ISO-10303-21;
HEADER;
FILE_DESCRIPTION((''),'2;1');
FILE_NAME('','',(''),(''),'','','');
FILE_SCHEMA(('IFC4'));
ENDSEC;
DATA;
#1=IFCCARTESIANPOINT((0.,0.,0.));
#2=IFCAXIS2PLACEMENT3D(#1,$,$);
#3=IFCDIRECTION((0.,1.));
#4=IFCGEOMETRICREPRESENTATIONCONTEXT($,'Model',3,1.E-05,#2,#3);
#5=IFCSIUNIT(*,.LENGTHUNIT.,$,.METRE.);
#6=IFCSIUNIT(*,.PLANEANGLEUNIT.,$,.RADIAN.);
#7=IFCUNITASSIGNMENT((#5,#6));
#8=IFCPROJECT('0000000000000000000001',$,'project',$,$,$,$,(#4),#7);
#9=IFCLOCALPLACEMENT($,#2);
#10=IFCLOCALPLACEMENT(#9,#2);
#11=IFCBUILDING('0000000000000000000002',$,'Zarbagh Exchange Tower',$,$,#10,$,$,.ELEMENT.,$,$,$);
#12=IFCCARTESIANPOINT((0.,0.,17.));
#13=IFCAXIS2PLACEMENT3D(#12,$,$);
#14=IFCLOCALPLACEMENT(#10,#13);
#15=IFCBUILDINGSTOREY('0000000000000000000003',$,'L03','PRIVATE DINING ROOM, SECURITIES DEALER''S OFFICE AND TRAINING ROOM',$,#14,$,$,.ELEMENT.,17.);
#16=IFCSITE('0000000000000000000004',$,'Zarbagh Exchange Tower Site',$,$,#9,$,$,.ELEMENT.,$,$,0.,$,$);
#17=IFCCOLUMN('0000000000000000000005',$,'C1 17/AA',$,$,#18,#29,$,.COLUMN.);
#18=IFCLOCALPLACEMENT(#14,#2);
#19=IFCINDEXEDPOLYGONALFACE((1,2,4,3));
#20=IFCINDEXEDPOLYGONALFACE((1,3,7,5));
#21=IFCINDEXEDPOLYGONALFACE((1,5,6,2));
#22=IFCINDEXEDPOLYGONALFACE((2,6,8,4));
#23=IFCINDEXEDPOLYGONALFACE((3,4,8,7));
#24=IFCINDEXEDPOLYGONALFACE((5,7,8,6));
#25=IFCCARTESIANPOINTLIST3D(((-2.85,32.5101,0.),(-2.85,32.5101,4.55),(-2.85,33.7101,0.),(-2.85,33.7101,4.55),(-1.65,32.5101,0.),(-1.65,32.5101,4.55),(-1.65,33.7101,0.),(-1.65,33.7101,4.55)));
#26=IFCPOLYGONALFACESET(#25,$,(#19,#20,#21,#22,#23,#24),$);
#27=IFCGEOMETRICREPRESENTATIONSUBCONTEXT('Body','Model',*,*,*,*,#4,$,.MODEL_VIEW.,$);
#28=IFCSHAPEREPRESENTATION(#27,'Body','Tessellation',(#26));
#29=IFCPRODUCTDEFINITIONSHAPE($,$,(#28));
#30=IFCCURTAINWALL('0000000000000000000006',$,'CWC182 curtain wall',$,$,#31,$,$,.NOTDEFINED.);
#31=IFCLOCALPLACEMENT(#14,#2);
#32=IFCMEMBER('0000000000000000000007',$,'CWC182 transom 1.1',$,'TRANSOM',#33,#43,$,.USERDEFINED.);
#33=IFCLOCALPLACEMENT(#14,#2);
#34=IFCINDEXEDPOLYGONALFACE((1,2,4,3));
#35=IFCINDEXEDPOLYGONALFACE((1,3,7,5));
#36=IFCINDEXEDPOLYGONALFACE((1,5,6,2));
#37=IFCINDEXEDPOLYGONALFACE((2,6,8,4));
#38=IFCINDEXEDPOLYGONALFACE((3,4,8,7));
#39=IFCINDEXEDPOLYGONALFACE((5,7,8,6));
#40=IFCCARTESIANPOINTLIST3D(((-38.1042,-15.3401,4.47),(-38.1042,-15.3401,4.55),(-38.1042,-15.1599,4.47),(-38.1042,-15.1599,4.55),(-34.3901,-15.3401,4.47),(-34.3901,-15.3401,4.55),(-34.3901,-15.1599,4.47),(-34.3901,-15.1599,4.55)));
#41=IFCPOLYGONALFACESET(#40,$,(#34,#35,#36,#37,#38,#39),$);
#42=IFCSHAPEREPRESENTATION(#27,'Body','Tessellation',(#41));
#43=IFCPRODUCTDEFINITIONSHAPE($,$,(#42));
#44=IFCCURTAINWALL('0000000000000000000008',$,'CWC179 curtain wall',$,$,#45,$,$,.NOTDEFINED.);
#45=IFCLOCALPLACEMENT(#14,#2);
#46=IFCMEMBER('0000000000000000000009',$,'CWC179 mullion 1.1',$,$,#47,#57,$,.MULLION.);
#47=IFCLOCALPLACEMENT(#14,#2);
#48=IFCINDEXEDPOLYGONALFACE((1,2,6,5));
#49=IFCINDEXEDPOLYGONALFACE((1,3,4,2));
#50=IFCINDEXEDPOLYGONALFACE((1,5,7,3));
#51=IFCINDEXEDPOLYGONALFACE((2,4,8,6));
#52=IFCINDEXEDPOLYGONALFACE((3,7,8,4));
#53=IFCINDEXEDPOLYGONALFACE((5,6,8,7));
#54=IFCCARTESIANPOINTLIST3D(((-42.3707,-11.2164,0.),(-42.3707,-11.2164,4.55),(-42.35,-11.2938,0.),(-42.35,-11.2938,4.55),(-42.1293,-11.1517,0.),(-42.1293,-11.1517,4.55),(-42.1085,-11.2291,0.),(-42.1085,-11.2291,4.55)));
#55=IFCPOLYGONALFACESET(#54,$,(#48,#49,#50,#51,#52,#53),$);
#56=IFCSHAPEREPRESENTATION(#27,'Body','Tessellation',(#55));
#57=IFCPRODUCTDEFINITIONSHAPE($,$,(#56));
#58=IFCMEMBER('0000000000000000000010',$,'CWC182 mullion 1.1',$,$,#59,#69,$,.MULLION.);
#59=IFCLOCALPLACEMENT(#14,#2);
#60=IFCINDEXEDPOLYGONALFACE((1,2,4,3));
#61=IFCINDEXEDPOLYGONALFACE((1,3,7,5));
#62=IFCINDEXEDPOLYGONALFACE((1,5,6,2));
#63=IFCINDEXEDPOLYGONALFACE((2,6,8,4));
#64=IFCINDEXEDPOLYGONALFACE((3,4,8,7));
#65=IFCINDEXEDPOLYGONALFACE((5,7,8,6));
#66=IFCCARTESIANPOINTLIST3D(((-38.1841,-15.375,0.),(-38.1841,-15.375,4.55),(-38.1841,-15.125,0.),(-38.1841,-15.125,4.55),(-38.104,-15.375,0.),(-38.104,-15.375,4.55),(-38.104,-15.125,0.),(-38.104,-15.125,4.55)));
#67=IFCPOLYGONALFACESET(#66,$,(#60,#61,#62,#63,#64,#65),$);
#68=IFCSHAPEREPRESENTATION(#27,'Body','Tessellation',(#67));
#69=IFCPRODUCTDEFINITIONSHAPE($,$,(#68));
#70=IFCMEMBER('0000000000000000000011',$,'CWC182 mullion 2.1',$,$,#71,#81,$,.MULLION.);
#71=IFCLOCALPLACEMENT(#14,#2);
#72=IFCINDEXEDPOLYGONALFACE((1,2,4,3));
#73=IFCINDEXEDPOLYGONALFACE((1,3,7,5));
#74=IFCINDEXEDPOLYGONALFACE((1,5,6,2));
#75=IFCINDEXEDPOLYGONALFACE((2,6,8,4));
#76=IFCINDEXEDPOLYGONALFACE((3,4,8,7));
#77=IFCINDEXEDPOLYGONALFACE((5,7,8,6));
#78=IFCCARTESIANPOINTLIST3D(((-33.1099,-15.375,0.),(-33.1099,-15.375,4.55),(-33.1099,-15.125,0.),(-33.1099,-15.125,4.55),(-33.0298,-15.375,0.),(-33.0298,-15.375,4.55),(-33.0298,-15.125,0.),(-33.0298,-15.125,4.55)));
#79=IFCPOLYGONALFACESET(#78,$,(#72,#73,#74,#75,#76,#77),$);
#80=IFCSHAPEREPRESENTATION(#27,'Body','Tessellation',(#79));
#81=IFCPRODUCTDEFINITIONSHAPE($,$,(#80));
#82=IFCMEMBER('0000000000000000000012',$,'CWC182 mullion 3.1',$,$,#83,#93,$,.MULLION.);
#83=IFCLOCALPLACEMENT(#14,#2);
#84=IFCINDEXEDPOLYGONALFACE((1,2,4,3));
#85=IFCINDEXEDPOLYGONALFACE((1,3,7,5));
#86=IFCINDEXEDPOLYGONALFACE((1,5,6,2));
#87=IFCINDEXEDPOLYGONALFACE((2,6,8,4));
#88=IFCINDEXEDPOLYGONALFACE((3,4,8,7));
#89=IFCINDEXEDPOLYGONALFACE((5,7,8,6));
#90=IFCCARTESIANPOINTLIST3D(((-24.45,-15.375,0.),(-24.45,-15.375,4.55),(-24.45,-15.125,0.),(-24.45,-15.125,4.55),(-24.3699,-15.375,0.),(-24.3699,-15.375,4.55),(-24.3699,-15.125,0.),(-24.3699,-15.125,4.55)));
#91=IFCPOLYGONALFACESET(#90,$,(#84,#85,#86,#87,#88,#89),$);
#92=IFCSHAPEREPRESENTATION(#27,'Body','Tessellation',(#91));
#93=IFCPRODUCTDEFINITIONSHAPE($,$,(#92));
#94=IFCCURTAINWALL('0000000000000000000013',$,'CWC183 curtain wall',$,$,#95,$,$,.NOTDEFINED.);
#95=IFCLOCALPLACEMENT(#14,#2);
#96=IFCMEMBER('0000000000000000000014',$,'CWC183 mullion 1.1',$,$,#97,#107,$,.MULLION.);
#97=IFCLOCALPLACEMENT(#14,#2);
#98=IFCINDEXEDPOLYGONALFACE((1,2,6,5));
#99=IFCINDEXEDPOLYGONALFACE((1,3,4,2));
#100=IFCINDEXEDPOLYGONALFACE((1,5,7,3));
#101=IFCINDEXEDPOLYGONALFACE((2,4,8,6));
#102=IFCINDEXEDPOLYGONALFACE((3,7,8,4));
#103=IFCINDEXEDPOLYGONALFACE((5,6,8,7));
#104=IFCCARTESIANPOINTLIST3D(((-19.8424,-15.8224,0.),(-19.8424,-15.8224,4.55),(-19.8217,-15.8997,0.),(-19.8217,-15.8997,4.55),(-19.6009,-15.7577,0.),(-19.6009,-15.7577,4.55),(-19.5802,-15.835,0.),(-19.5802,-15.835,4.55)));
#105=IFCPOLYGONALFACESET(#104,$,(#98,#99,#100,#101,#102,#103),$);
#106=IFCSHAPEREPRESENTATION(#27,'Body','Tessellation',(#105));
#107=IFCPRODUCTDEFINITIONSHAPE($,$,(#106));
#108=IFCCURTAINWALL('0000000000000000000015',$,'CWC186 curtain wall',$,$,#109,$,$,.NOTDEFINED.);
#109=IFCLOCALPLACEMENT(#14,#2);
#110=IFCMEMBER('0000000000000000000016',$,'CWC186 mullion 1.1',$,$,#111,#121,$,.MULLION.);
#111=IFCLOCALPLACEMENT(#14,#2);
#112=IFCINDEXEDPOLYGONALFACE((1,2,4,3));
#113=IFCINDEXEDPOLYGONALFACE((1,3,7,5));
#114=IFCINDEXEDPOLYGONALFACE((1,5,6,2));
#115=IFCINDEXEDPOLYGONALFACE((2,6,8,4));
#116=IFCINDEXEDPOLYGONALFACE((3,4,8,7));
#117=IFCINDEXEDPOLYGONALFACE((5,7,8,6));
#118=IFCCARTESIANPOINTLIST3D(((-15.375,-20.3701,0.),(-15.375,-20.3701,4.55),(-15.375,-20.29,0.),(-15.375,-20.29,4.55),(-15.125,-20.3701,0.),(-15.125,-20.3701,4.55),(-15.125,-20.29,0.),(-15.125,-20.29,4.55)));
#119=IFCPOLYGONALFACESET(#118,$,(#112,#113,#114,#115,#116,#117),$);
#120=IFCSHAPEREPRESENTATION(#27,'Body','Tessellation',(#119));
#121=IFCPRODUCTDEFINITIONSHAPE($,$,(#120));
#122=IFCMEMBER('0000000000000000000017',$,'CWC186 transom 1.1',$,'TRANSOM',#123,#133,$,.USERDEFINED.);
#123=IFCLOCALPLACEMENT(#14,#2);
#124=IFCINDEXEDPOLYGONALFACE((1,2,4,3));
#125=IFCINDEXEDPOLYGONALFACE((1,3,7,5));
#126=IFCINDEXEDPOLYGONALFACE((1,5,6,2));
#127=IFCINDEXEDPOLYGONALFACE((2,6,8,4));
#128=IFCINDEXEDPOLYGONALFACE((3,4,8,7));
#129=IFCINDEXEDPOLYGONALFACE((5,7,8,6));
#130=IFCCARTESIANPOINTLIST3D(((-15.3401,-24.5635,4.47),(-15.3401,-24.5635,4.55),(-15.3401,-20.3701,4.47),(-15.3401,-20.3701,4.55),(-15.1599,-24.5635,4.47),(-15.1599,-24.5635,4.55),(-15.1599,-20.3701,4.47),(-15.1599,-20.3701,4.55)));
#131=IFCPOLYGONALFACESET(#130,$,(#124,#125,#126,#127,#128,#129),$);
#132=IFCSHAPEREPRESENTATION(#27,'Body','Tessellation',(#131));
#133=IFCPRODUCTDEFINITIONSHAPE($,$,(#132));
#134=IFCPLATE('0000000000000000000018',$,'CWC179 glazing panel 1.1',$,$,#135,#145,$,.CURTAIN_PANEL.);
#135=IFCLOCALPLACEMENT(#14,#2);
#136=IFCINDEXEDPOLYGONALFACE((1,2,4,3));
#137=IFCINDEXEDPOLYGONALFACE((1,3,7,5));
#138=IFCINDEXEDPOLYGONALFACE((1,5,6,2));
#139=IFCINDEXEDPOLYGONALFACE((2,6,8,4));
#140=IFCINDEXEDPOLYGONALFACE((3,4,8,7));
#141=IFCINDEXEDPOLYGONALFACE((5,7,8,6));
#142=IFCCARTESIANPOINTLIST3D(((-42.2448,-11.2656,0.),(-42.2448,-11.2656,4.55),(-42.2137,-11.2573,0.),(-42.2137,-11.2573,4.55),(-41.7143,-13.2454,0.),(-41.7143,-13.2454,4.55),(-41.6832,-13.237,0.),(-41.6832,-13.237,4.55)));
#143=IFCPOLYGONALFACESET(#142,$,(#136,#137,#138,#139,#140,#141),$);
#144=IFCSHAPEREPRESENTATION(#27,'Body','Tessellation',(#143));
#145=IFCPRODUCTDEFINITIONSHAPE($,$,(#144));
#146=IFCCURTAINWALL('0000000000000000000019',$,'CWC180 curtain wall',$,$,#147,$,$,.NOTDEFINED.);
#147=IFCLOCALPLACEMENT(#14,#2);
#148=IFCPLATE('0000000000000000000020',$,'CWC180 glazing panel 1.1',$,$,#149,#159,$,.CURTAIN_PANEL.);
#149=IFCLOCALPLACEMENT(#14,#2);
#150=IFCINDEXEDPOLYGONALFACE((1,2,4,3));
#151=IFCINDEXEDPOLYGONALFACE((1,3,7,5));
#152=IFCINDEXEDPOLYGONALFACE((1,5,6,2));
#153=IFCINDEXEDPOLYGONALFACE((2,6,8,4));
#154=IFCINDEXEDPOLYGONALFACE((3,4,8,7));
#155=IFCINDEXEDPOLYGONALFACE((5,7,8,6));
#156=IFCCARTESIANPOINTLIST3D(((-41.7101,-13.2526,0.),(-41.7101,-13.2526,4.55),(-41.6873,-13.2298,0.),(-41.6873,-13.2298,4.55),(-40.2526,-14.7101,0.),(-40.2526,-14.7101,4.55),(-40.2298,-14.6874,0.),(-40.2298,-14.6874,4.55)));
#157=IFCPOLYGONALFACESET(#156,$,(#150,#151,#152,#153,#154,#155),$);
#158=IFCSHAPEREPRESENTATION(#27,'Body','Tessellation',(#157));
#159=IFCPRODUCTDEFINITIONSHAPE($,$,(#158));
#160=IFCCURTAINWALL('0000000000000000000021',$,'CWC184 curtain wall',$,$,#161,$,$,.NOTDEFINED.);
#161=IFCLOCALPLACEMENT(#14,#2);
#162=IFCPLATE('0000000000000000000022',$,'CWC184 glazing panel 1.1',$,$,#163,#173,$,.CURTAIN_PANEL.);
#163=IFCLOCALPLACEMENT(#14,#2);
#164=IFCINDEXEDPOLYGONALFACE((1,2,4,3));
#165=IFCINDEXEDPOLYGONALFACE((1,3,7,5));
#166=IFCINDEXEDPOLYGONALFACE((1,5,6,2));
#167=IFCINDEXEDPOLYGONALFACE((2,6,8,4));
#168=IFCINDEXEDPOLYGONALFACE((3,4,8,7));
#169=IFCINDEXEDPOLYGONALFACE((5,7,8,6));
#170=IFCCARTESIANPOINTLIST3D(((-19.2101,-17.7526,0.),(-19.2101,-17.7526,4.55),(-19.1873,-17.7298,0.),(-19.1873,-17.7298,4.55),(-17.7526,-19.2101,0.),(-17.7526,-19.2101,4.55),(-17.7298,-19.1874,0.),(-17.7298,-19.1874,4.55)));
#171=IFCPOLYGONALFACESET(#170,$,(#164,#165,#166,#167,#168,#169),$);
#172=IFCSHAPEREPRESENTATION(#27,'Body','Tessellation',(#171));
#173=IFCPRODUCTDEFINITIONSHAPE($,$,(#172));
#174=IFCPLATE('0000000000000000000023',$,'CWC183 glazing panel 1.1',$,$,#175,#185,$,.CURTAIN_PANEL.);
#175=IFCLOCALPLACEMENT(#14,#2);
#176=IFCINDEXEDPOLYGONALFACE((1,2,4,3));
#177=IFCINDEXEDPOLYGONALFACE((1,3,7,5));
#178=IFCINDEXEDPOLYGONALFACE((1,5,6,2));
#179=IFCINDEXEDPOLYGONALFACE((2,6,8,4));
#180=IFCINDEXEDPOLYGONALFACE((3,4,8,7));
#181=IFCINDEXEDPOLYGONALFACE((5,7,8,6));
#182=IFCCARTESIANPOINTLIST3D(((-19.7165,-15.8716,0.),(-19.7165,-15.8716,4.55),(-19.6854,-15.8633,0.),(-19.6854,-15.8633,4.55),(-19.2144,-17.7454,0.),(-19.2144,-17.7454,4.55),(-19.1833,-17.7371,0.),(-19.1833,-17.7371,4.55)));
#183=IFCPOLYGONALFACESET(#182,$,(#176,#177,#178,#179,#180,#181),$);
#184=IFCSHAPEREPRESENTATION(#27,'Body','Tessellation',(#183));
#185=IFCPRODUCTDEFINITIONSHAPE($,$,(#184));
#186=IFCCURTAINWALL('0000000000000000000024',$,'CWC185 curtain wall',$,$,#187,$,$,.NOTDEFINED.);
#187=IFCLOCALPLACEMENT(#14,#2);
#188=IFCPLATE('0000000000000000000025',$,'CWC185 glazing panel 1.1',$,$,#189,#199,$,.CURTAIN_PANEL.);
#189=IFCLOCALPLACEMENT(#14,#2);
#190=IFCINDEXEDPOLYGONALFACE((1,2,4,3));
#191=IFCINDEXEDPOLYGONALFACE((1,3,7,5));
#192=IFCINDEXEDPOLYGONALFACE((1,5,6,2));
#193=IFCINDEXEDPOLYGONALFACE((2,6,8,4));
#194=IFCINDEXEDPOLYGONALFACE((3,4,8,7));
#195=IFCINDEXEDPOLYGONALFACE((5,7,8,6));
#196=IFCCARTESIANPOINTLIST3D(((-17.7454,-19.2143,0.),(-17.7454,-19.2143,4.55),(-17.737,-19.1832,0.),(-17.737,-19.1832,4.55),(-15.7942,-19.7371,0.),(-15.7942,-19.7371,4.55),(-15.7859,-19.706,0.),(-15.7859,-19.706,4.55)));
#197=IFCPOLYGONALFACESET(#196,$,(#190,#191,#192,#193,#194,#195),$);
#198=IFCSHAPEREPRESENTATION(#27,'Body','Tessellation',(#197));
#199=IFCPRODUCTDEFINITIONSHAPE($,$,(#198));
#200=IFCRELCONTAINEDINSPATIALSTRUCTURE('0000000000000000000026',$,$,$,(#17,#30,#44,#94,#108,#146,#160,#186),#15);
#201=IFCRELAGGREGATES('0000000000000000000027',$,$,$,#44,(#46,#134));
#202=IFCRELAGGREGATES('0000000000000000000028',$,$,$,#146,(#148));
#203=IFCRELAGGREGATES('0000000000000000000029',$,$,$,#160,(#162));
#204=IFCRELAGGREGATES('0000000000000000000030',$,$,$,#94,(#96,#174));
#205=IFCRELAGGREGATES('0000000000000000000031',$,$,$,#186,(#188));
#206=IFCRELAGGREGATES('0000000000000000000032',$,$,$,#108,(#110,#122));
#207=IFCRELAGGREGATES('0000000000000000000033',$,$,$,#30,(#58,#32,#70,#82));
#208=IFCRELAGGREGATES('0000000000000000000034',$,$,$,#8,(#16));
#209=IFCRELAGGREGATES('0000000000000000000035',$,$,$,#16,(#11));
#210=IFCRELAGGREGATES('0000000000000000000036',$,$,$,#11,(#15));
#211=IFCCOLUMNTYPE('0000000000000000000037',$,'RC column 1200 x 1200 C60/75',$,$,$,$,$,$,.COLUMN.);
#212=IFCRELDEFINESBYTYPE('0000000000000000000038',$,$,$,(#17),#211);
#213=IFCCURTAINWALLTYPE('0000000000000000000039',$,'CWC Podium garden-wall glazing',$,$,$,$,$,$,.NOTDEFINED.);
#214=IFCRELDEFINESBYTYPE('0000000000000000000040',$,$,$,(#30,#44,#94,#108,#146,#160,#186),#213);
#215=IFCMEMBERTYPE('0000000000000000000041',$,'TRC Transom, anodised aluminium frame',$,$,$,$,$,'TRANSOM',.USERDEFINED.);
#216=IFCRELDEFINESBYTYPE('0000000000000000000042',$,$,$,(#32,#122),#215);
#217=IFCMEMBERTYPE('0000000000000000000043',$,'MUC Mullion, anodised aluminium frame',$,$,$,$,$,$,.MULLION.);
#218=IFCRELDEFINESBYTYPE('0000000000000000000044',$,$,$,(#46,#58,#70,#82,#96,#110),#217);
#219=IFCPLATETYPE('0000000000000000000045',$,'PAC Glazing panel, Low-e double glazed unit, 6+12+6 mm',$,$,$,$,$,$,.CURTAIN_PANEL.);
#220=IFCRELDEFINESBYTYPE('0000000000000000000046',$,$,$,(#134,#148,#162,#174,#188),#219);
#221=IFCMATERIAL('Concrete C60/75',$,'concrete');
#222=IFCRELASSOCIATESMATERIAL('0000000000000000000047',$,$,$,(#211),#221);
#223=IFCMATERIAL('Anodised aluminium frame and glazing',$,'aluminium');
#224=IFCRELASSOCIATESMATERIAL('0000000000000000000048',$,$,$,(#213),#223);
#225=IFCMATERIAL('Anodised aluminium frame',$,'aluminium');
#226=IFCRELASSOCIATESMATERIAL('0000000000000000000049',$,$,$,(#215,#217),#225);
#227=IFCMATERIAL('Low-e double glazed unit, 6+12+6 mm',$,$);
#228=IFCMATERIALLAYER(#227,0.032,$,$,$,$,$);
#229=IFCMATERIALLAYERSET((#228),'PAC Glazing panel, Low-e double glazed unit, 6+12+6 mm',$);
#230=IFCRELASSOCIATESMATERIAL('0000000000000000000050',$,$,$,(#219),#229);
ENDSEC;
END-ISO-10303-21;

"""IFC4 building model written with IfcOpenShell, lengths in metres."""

from ifc_helpers import new_model, si_unit, direction, frame, origin, origin_2d, place, context, subcontext, project, spatial, polyline, rectangle, outline, extrude, source, transform, mapped, material, layer, layer_set, material_profile, profile_set, type_object, element, aggregate, save


model = new_model("IFC4")

# Units and contexts
model_context = context("Model", 3, precision=1e-05, world=origin(), true_north=direction((0.0, 1.0)))
body_context = subcontext(model_context, "Body", "Model", "MODEL_VIEW")
ifc_project = project(units=[si_unit("LENGTHUNIT", "METRE"), si_unit("PLANEANGLEUNIT", "RADIAN")], contexts=[model_context])

# Site, building, storey
site_placement = place(None, origin())
site = spatial("IfcSite", under=ifc_project, at=site_placement, Name="Zarbagh Exchange Tower Site", CompositionType="ELEMENT", RefElevation=0.0)
building_placement = place(site_placement, origin())
building = spatial("IfcBuilding", under=site, at=building_placement, Name="Zarbagh Exchange Tower", CompositionType="ELEMENT")
storey_placement = place(building_placement, frame((0.0, 0.0, 17.0)))
storey = spatial("IfcBuildingStorey", under=building, at=storey_placement, Name="L03", Description="PRIVATE DINING ROOM, SECURITIES DEALER'S OFFICE AND TRAINING ROOM", CompositionType="ELEMENT", Elevation=17.0)

# Column
ifc_material_1 = material(Name="Concrete C60/75", Category="concrete")
ifc_material_profile = material_profile(ifc_material_1, rectangle(XDim=1.2, YDim=1.2, at=origin_2d()), Name="RC column 1200 x 1200 C60/75")
ifc_profile_set = profile_set([ifc_material_profile], Name="Concrete C60/75")
column_type = type_object("IfcColumnType", Name="RC column 1200 x 1200 C60/75", PredefinedType="COLUMN", material=ifc_profile_set)
column_placement = place(storey_placement, frame((-2.25, 33.1101, 0.0), z_axis=(0.0, 0.0, 1.0), x_axis=(1.0, 0.0, 0.0)))
element("IfcColumn", 1, at=column_placement, inside=storey, type_object=column_type, Name="C1 17/AA", PredefinedType="COLUMN", context=body_context, shape_type="SweptSolid", body=[
    extrude(rectangle(XDim=1.2, YDim=1.2, at=origin_2d()), origin(), (0.0, 0.0, 1.0), 4.55),
])

# Curtain walls, members
ifc_material_2 = material(Name="Anodised aluminium frame and glazing", Category="aluminium")
curtain_wall_type = type_object("IfcCurtainWallType", Name="CWC Podium garden-wall glazing", PredefinedType="NOTDEFINED", material=ifc_material_2)
curtain_wall_1_placement = place(storey_placement, origin())
curtain_wall_1 = element("IfcCurtainWall", 2, at=curtain_wall_1_placement, inside=storey, type_object=curtain_wall_type, Name="CWC182 curtain wall", PredefinedType="NOTDEFINED")
ifc_material_3 = material(Name="Anodised aluminium frame", Category="aluminium")
member_type_1 = type_object("IfcMemberType", Name="TRC Transom, anodised aluminium frame", ElementType="TRANSOM", PredefinedType="USERDEFINED", material=ifc_material_3)
shared_shape_1 = source(origin(), body_context, "Body", "SweptSolid", [
    extrude(outline(polyline([(-0.0801, -0.0901), (0.0, -0.0901), (0.0, 0.0901), (-0.0801, 0.0901), (-0.0801, -0.0901)])), origin(), (0.0, 0.0, 1.0), 3.7141),
])
placement = place(storey_placement, origin())
member_1 = element("IfcMember", 3, at=placement, type_object=member_type_1, Name="CWC182 transom 1.1", ObjectType="TRANSOM", PredefinedType="USERDEFINED", context=body_context, shape_type="MappedRepresentation", body=[
    mapped(shared_shape_1, transform((-38.1042, -15.25, 4.55), x_axis=(0.0, 0.0, 1.0), y_axis=(0.0, -1.0, 0.0), z_axis=(1.0, 0.0, 0.0))),
])
curtain_wall_2_placement = place(storey_placement, origin())
curtain_wall_2 = element("IfcCurtainWall", 4, at=curtain_wall_2_placement, inside=storey, type_object=curtain_wall_type, Name="CWC179 curtain wall", PredefinedType="NOTDEFINED")
member_type_2 = type_object("IfcMemberType", Name="MUC Mullion, anodised aluminium frame", PredefinedType="MULLION", material=ifc_material_3)
shared_shape_2 = source(origin(), body_context, "Body", "SweptSolid", [
    extrude(outline(polyline([(0.0, -0.125), (0.0801, -0.125), (0.0801, 0.125), (0.0, 0.125), (0.0, -0.125)])), origin(), (0.0, 0.0, 1.0), 4.55),
])
member_2 = element("IfcMember", 5, at=placement, type_object=member_type_2, Name="CWC179 mullion 1.1", PredefinedType="MULLION", context=body_context, shape_type="MappedRepresentation", body=[
    mapped(shared_shape_2, transform((-42.25, -11.1841, 0.0), x_axis=(0.258825, -0.965924, 0.0), y_axis=(0.965924, 0.258825, 0.0), z_axis=(0.0, 0.0, 1.0))),
])

# Members
member_3 = element("IfcMember", 6, at=placement, type_object=member_type_2, Name="CWC182 mullion 1.1", PredefinedType="MULLION", context=body_context, shape_type="MappedRepresentation", body=[
    mapped(shared_shape_2, transform((-38.1841, -15.25, 0.0), x_axis=(1.0, 0.0, 0.0), y_axis=(0.0, 1.0, 0.0), z_axis=(0.0, 0.0, 1.0))),
])
member_4 = element("IfcMember", 7, at=placement, type_object=member_type_2, Name="CWC182 mullion 2.1", PredefinedType="MULLION", context=body_context, shape_type="MappedRepresentation", body=[
    mapped(shared_shape_2, transform((-33.1099, -15.25, 0.0), x_axis=(1.0, 0.0, 0.0), y_axis=(0.0, 1.0, 0.0), z_axis=(0.0, 0.0, 1.0))),
])
member_5 = element("IfcMember", 8, at=placement, type_object=member_type_2, Name="CWC182 mullion 3.1", PredefinedType="MULLION", context=body_context, shape_type="MappedRepresentation", body=[
    mapped(shared_shape_2, transform((-24.45, -15.25, 0.0), x_axis=(1.0, 0.0, 0.0), y_axis=(0.0, 1.0, 0.0), z_axis=(0.0, 0.0, 1.0))),
])

# Curtain wall, member
curtain_wall_3_placement = place(storey_placement, origin())
curtain_wall_3 = element("IfcCurtainWall", 9, at=curtain_wall_3_placement, inside=storey, type_object=curtain_wall_type, Name="CWC183 curtain wall", PredefinedType="NOTDEFINED")
member_6 = element("IfcMember", 10, at=placement, type_object=member_type_2, Name="CWC183 mullion 1.1", PredefinedType="MULLION", context=body_context, shape_type="MappedRepresentation", body=[
    mapped(shared_shape_2, transform((-19.7217, -15.79, 0.0), x_axis=(0.258825, -0.965924, 0.0), y_axis=(0.965924, 0.258825, 0.0), z_axis=(0.0, 0.0, 1.0))),
])

# Curtain wall, members
curtain_wall_4_placement = place(storey_placement, origin())
curtain_wall_4 = element("IfcCurtainWall", 11, at=curtain_wall_4_placement, inside=storey, type_object=curtain_wall_type, Name="CWC186 curtain wall", PredefinedType="NOTDEFINED")
member_7 = element("IfcMember", 12, at=placement, type_object=member_type_2, Name="CWC186 mullion 1.1", PredefinedType="MULLION", context=body_context, shape_type="MappedRepresentation", body=[
    mapped(shared_shape_2, transform((-15.25, -20.29, 0.0), x_axis=(0.0, -1.0, 0.0), y_axis=(1.0, 0.0, 0.0), z_axis=(0.0, 0.0, 1.0))),
])
shared_shape_3 = source(origin(), body_context, "Body", "SweptSolid", [
    extrude(outline(polyline([(-0.0801, -0.0901), (0.0, -0.0901), (0.0, 0.0901), (-0.0801, 0.0901), (-0.0801, -0.0901)])), origin(), (0.0, 0.0, 1.0), 4.1934),
])
member_8 = element("IfcMember", 13, at=placement, type_object=member_type_1, Name="CWC186 transom 1.1", ObjectType="TRANSOM", PredefinedType="USERDEFINED", context=body_context, shape_type="MappedRepresentation", body=[
    mapped(shared_shape_3, transform((-15.25, -20.3701, 4.55), x_axis=(0.0, 0.0, 1.0), y_axis=(-1.0, 0.0, 0.0), z_axis=(0.0, -1.0, 0.0))),
])

# Plate
ifc_material_4 = material(Name="Low-e double glazed unit, 6+12+6 mm")
ifc_layer_1 = layer(ifc_material_4, 0.032)
ifc_layer_set_1 = layer_set([ifc_layer_1], Name="PAC Glazing panel, Low-e double glazed unit, 6+12+6 mm")
plate_type = type_object("IfcPlateType", Name="PAC Glazing panel, Low-e double glazed unit, 6+12+6 mm", PredefinedType="CURTAIN_PANEL", material=ifc_layer_set_1)
shared_shape_4 = source(origin(), body_context, "Body", "SweptSolid", [
    extrude(outline(polyline([(0.0, -0.0161), (2.0496, -0.0161), (2.0496, 0.0161), (0.0, 0.0161), (0.0, -0.0161)])), origin(), (0.0, 0.0, 1.0), 4.55),
])
plate_1 = element("IfcPlate", 14, at=placement, type_object=plate_type, Name="CWC179 glazing panel 1.1", PredefinedType="CURTAIN_PANEL", context=body_context, shape_type="MappedRepresentation", body=[
    mapped(shared_shape_4, transform((-42.2292, -11.2615, 0.0), x_axis=(0.258825, -0.965924, 0.0), y_axis=(0.965924, 0.258825, 0.0), z_axis=(0.0, 0.0, 1.0))),
])
aggregate(curtain_wall_2, [member_2, plate_1])

# Curtain walls, plates
curtain_wall_5_placement = place(storey_placement, origin())
curtain_wall_5 = element("IfcCurtainWall", 15, at=curtain_wall_5_placement, inside=storey, type_object=curtain_wall_type, Name="CWC180 curtain wall", PredefinedType="NOTDEFINED")
shared_shape_5 = source(origin(), body_context, "Body", "SweptSolid", [
    extrude(outline(polyline([(0.0, -0.0161), (2.0613, -0.0161), (2.0613, 0.0161), (0.0, 0.0161), (0.0, -0.0161)])), origin(), (0.0, 0.0, 1.0), 4.55),
])
plate_2 = element("IfcPlate", 16, at=placement, type_object=plate_type, Name="CWC180 glazing panel 1.1", PredefinedType="CURTAIN_PANEL", context=body_context, shape_type="MappedRepresentation", body=[
    mapped(shared_shape_5, transform((-41.6987, -13.2412, 0.0), x_axis=(0.707107, -0.707107, 0.0), y_axis=(0.707107, 0.707107, 0.0), z_axis=(0.0, 0.0, 1.0))),
])
aggregate(curtain_wall_5, [plate_2])
curtain_wall_6_placement = place(storey_placement, origin())
curtain_wall_6 = element("IfcCurtainWall", 17, at=curtain_wall_6_placement, inside=storey, type_object=curtain_wall_type, Name="CWC184 curtain wall", PredefinedType="NOTDEFINED")
plate_3 = element("IfcPlate", 18, at=placement, type_object=plate_type, Name="CWC184 glazing panel 1.1", PredefinedType="CURTAIN_PANEL", context=body_context, shape_type="MappedRepresentation", body=[
    mapped(shared_shape_5, transform((-19.1987, -17.7412, 0.0), x_axis=(0.707107, -0.707107, 0.0), y_axis=(0.707107, 0.707107, 0.0), z_axis=(0.0, 0.0, 1.0))),
])
aggregate(curtain_wall_6, [plate_3])

# Plate
shared_shape_6 = source(origin(), body_context, "Body", "SweptSolid", [
    extrude(outline(polyline([(0.0, -0.0161), (1.9399, -0.0161), (1.9399, 0.0161), (0.0, 0.0161), (0.0, -0.0161)])), origin(), (0.0, 0.0, 1.0), 4.55),
])
plate_4 = element("IfcPlate", 19, at=placement, type_object=plate_type, Name="CWC183 glazing panel 1.1", PredefinedType="CURTAIN_PANEL", context=body_context, shape_type="MappedRepresentation", body=[
    mapped(shared_shape_6, transform((-19.7009, -15.8674, 0.0), x_axis=(0.258825, -0.965924, 0.0), y_axis=(0.965924, 0.258825, 0.0), z_axis=(0.0, 0.0, 1.0))),
])
aggregate(curtain_wall_3, [member_6, plate_4])

# Curtain wall, plate
curtain_wall_7_placement = place(storey_placement, origin())
curtain_wall_7 = element("IfcCurtainWall", 20, at=curtain_wall_7_placement, inside=storey, type_object=curtain_wall_type, Name="CWC185 curtain wall", PredefinedType="NOTDEFINED")
shared_shape_7 = source(origin(), body_context, "Body", "SweptSolid", [
    extrude(outline(polyline([(0.0, -0.0161), (2.02, -0.0161), (2.02, 0.0161), (0.0, 0.0161), (0.0, -0.0161)])), origin(), (0.0, 0.0, 1.0), 4.55),
])
plate_5 = element("IfcPlate", 21, at=placement, type_object=plate_type, Name="CWC185 glazing panel 1.1", PredefinedType="CURTAIN_PANEL", context=body_context, shape_type="MappedRepresentation", body=[
    mapped(shared_shape_7, transform((-17.7412, -19.1987, 0.0), x_axis=(0.965924, -0.258825, 0.0), y_axis=(0.258825, 0.965924, 0.0), z_axis=(0.0, 0.0, 1.0))),
])
aggregate(curtain_wall_7, [plate_5])

aggregate(curtain_wall_4, [member_7, member_8])

aggregate(curtain_wall_1, [member_3, member_1, member_4, member_5])

save(model, "model.ifc")
